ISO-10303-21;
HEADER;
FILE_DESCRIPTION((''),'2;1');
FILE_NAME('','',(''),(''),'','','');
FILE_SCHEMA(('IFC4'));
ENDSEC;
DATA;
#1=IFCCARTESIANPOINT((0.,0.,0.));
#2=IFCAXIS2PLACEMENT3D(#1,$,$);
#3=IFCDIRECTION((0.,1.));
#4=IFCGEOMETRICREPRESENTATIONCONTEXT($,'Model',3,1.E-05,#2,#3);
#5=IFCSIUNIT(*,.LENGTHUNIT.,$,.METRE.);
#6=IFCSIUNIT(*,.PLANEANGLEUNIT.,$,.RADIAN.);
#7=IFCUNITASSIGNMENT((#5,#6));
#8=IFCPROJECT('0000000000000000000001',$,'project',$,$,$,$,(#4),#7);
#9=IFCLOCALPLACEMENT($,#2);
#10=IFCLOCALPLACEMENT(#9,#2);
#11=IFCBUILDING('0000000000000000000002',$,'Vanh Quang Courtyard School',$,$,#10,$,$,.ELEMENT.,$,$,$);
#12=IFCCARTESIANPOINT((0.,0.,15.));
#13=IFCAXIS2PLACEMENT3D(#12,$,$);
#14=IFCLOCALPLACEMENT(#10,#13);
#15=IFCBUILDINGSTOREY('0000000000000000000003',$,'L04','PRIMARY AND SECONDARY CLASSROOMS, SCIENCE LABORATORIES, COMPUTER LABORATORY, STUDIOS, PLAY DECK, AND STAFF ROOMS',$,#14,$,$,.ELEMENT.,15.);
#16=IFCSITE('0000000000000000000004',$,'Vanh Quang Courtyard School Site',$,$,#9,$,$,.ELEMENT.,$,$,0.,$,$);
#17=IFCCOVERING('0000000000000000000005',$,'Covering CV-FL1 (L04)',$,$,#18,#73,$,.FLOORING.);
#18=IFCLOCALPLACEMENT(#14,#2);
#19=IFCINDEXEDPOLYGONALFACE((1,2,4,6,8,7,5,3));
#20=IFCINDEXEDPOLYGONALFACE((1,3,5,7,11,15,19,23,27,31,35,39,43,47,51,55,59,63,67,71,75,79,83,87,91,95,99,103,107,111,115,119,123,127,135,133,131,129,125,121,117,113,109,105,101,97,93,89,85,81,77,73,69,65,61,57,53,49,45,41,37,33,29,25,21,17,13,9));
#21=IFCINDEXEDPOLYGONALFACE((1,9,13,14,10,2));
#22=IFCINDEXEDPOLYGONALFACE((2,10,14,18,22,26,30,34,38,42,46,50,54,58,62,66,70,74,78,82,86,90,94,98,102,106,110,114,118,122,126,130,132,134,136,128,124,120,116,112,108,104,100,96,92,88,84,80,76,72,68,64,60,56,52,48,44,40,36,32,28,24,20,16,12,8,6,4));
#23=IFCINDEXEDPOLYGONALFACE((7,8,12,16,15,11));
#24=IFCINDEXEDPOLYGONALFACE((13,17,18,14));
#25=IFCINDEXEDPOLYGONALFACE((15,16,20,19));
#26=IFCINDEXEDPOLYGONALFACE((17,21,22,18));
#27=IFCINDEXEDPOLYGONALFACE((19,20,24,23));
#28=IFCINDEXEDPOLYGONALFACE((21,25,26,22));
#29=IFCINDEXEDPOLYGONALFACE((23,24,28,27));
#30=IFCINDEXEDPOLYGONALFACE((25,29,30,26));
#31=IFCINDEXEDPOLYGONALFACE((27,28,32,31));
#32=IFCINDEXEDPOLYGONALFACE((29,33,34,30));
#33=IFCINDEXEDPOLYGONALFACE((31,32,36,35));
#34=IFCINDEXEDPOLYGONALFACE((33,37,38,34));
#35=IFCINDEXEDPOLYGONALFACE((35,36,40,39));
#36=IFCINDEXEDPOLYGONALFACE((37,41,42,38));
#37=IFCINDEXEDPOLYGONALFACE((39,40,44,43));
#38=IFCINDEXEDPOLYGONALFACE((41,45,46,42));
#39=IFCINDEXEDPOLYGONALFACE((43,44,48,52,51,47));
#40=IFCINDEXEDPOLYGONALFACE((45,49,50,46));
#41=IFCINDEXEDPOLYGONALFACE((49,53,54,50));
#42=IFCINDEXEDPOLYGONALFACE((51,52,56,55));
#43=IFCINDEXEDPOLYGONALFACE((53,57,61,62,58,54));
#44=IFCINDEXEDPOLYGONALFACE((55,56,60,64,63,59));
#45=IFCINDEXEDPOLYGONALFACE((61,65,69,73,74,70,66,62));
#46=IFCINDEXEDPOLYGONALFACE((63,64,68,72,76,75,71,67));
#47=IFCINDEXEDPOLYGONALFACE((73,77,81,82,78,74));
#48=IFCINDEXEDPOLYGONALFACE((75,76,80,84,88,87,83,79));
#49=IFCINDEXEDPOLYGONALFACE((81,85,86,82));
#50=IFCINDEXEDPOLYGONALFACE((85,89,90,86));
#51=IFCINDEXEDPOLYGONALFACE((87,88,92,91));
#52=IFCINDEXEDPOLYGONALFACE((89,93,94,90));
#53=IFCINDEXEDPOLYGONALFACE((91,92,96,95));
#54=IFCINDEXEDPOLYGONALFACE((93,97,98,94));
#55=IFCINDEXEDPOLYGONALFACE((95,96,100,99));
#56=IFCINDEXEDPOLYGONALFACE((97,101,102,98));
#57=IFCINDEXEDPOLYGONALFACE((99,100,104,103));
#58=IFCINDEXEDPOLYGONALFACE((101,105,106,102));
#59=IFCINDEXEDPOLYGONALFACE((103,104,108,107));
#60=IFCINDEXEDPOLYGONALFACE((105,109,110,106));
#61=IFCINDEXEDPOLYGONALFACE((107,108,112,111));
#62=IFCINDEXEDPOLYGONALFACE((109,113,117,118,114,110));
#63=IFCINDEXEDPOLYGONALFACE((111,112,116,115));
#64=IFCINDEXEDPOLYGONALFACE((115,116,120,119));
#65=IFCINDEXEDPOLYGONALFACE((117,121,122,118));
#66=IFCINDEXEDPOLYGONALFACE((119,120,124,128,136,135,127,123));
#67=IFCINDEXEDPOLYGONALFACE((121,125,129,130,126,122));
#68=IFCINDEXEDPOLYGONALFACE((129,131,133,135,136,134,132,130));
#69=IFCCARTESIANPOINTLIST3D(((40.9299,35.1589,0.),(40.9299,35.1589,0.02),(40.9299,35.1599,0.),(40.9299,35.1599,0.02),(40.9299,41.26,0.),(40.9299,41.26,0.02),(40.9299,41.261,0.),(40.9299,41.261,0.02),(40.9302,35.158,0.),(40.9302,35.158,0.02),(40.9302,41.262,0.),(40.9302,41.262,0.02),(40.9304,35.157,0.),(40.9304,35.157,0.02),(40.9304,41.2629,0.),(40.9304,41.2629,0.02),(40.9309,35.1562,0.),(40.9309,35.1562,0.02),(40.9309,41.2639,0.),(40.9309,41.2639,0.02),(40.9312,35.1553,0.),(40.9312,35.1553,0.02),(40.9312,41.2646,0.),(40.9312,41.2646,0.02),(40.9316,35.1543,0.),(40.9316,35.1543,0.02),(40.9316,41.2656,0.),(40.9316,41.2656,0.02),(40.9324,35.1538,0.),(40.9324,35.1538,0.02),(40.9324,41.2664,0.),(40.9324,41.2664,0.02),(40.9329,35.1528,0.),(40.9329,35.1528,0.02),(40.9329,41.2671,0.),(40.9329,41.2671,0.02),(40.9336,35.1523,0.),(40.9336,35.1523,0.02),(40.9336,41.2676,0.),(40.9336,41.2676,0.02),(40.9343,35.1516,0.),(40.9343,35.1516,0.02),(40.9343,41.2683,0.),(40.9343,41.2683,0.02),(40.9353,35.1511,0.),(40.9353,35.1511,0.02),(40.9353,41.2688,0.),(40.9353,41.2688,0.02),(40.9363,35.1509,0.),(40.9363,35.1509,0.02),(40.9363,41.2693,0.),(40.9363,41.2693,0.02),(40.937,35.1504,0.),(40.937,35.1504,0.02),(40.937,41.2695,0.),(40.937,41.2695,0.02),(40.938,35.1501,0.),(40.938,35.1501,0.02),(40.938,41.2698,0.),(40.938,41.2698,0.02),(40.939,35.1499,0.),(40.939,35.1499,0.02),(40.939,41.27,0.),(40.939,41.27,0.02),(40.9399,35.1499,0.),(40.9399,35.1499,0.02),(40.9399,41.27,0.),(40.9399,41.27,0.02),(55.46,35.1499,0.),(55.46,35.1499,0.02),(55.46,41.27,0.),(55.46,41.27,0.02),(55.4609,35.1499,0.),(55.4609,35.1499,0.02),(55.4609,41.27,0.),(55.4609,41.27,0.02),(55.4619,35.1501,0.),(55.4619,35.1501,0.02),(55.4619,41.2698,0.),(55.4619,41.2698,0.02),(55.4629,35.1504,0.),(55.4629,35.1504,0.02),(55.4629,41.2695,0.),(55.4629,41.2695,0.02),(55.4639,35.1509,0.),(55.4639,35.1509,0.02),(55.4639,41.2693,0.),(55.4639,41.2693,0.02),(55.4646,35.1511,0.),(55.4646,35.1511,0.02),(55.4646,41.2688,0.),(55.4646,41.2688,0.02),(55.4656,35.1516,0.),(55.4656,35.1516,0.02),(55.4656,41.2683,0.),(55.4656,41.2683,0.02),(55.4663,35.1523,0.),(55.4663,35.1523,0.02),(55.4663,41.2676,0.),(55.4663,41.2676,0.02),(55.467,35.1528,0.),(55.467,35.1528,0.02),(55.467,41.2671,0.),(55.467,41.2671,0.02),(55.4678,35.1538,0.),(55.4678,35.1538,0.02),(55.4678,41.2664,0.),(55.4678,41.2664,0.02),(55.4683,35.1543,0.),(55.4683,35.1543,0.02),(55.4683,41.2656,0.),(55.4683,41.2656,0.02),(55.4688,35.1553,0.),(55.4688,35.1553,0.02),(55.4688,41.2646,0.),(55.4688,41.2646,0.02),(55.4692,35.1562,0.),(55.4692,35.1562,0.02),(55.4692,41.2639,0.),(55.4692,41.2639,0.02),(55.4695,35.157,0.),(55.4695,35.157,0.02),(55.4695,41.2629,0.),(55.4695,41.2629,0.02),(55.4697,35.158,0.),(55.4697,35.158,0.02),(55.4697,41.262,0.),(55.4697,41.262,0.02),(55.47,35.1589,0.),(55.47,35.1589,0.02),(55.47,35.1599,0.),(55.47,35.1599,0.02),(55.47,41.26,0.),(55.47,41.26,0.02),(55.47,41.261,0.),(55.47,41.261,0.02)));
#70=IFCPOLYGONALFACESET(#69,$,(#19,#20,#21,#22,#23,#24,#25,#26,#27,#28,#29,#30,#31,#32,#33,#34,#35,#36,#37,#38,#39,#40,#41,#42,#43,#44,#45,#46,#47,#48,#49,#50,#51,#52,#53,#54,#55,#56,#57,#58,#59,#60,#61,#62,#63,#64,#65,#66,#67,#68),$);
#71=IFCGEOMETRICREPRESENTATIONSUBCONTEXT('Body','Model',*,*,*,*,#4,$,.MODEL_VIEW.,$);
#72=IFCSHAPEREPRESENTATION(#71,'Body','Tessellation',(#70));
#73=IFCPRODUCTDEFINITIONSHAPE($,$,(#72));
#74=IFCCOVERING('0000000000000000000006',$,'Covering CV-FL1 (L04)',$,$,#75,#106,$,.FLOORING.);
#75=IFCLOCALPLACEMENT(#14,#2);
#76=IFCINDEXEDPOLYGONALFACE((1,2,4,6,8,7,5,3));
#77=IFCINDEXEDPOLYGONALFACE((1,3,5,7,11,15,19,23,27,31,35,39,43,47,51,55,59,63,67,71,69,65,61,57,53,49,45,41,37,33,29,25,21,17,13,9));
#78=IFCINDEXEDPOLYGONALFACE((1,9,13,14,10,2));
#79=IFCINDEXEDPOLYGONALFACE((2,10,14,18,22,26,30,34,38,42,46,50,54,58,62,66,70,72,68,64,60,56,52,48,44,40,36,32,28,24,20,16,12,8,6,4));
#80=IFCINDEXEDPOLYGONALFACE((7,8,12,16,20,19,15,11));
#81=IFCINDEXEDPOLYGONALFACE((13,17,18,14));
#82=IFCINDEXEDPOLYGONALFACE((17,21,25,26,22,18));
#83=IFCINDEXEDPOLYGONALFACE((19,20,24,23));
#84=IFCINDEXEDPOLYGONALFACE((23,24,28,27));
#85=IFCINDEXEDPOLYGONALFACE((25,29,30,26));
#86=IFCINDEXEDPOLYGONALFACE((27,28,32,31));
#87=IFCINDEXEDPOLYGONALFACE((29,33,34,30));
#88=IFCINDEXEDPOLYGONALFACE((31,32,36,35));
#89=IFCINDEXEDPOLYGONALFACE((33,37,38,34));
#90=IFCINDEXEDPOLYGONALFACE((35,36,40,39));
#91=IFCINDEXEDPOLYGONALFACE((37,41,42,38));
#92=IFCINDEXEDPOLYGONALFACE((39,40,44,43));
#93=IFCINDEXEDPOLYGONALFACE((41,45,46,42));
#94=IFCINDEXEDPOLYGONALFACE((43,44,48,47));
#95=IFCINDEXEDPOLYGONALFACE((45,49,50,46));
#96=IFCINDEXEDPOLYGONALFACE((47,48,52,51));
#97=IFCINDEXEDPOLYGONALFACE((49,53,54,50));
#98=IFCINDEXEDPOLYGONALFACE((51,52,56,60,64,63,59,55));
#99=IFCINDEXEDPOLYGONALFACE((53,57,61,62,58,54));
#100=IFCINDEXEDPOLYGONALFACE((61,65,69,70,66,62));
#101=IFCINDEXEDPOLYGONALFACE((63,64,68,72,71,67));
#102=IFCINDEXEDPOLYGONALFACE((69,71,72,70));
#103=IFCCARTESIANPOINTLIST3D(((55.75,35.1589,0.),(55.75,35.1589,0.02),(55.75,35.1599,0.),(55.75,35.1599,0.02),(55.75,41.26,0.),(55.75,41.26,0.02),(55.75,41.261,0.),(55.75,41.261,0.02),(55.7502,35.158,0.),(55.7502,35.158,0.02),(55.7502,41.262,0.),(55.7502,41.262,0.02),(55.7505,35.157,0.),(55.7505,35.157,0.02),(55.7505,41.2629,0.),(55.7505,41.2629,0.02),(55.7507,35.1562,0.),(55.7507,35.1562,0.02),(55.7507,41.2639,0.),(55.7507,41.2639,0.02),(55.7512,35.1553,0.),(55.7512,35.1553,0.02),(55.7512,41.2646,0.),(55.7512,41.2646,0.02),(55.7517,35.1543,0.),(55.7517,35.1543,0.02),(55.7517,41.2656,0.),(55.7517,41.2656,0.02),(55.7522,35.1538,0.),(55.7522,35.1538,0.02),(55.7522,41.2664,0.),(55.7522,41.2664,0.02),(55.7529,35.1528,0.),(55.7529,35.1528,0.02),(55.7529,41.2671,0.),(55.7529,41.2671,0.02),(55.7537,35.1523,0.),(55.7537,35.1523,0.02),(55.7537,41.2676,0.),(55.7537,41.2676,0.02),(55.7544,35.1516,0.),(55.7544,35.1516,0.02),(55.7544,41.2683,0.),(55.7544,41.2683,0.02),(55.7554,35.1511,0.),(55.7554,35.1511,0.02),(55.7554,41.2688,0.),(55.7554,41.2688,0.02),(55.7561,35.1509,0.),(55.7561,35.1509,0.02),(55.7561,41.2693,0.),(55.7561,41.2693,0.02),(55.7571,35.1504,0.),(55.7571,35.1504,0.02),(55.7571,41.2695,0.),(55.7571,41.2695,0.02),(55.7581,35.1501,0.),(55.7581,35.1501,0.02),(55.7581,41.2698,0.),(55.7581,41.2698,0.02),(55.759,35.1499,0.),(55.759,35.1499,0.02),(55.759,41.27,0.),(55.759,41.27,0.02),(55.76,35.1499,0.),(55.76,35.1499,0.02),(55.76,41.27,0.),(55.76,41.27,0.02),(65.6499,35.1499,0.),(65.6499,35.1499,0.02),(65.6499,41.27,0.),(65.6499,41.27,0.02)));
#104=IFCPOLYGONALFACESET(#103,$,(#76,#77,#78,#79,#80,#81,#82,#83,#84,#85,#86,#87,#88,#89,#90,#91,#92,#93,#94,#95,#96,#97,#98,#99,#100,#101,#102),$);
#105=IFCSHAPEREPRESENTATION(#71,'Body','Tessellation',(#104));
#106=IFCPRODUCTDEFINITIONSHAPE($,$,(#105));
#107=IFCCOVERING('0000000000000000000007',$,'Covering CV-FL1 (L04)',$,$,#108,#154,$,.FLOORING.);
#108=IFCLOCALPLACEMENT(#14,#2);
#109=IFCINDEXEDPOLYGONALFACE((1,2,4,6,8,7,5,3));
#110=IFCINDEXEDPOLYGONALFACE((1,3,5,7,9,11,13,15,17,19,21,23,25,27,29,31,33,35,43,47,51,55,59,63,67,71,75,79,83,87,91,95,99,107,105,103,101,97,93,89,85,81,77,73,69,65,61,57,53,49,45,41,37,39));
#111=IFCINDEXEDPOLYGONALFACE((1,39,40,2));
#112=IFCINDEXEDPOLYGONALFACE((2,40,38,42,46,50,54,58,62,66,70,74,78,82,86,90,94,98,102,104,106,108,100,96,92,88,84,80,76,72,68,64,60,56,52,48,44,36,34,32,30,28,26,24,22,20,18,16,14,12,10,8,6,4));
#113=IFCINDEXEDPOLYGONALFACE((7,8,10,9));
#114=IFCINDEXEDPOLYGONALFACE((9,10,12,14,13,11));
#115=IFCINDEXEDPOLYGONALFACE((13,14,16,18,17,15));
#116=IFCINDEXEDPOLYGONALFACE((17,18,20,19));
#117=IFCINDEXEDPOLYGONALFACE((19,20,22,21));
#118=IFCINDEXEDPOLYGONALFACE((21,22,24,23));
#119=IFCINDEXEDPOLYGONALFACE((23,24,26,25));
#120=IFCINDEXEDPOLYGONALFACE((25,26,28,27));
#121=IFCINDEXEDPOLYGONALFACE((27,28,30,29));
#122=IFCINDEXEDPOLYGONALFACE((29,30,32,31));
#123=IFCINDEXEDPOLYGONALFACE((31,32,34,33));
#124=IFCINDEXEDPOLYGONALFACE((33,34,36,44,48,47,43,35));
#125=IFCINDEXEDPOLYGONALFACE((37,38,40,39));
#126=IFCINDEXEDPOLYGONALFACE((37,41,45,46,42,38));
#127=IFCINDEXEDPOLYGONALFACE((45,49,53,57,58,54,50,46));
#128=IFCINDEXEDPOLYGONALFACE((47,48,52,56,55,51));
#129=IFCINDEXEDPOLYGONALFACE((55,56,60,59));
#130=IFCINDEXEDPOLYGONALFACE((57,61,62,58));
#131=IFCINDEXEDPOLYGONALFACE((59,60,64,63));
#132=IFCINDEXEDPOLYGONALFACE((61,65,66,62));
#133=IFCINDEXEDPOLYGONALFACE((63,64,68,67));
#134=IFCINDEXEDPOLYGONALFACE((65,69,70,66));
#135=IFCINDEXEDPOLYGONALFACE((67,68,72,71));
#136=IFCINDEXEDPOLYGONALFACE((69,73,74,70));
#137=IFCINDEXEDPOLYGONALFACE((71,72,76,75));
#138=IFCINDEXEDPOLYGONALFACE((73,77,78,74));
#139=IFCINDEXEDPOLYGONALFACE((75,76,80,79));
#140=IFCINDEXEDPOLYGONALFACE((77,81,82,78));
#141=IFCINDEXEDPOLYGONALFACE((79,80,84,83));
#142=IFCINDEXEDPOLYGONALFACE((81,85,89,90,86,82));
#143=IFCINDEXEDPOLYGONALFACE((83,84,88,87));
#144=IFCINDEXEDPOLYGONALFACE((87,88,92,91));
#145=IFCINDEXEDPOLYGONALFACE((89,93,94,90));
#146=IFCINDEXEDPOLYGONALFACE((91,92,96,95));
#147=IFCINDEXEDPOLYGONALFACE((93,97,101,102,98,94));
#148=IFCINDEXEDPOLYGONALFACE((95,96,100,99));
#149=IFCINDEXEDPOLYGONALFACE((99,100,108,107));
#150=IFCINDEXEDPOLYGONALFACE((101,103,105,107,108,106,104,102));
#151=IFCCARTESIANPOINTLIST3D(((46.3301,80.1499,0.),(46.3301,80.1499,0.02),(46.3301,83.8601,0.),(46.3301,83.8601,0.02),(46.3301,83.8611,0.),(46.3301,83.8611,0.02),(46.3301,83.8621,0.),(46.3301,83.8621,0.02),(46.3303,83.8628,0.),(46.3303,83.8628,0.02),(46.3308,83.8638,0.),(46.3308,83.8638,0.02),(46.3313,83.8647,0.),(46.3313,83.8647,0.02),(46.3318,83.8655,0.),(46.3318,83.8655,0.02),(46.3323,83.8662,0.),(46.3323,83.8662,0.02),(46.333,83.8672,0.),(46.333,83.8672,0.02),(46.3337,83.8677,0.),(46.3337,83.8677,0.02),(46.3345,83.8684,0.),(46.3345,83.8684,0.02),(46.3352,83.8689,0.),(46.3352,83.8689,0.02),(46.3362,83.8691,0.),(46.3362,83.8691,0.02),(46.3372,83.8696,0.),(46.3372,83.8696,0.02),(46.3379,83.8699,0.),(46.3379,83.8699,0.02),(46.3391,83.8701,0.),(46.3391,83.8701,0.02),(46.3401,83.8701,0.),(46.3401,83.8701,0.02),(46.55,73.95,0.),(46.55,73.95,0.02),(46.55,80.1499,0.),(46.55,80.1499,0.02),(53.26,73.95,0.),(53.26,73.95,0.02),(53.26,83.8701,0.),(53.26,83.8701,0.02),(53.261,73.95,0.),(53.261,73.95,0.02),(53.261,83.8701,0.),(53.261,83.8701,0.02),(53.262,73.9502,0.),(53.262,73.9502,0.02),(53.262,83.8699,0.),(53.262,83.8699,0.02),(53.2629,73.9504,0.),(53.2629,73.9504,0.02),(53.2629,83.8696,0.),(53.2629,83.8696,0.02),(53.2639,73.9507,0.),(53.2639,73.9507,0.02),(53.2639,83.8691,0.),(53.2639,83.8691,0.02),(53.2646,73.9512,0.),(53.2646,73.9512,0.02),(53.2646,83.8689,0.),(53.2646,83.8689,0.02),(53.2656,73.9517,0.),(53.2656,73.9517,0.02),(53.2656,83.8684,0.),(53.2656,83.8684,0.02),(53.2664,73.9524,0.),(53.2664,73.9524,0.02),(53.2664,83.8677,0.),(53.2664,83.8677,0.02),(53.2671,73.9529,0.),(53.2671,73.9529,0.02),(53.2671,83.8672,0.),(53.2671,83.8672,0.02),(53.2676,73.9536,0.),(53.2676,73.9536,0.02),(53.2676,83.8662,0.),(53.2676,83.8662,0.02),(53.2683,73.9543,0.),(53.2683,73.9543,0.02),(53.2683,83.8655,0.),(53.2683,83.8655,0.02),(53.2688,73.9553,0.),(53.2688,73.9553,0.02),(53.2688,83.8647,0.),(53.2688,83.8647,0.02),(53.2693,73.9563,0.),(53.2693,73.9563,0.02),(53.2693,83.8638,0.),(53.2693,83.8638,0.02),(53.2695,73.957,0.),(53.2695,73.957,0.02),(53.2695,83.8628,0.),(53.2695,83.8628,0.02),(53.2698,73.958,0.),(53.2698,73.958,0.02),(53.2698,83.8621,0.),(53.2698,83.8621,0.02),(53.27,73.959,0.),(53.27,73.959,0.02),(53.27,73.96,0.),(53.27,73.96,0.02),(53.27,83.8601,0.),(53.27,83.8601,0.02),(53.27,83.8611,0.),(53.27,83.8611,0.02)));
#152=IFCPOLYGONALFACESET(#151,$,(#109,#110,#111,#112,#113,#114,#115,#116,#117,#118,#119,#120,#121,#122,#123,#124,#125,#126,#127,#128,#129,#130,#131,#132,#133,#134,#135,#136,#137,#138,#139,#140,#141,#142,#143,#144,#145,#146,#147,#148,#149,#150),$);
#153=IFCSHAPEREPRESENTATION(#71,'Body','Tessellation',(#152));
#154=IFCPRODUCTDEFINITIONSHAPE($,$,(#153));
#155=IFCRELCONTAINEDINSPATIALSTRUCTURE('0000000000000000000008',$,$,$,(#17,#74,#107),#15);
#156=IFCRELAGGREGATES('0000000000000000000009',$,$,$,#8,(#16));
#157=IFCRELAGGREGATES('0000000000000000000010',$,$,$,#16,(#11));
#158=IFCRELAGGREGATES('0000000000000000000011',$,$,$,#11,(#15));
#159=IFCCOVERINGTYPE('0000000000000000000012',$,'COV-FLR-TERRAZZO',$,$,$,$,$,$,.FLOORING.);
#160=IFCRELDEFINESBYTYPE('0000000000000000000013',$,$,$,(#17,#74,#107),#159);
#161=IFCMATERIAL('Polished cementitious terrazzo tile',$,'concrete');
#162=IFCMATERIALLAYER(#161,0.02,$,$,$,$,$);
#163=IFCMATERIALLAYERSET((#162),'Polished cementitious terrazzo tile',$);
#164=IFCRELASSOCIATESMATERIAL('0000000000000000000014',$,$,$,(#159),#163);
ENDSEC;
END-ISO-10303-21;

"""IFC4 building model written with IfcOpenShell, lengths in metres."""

from ifc_helpers import new_model, si_unit, direction, frame, origin, place, context, subcontext, project, spatial, polyline, outline, extrude, material, layer, layer_set, type_object, element, save


model = new_model("IFC4")

# Units and contexts
model_context = context("Model", 3, precision=1e-05, world=origin(), true_north=direction((0.0, 1.0)))
body_context = subcontext(model_context, "Body", "Model", "MODEL_VIEW")
ifc_project = project(units=[si_unit("LENGTHUNIT", "METRE"), si_unit("PLANEANGLEUNIT", "RADIAN")], contexts=[model_context])

# Site, building, storey
site_placement = place(None, origin())
site = spatial("IfcSite", under=ifc_project, at=site_placement, Name="Vanh Quang Courtyard School Site", CompositionType="ELEMENT", RefElevation=0.0)
building_placement = place(site_placement, origin())
building = spatial("IfcBuilding", under=site, at=building_placement, Name="Vanh Quang Courtyard School", CompositionType="ELEMENT")
storey_placement = place(building_placement, frame((0.0, 0.0, 15.0)))
storey = spatial("IfcBuildingStorey", under=building, at=storey_placement, Name="L04", Description="PRIMARY AND SECONDARY CLASSROOMS, SCIENCE LABORATORIES, COMPUTER LABORATORY, STUDIOS, PLAY DECK, AND STAFF ROOMS", CompositionType="ELEMENT", Elevation=15.0)

# Coverings
ifc_material_1 = material(Name="Polished cementitious terrazzo tile", Category="concrete")
ifc_layer_1 = layer(ifc_material_1, 0.02)
ifc_layer_set_1 = layer_set([ifc_layer_1], Name="Polished cementitious terrazzo tile")
covering_type_1 = type_object("IfcCoveringType", Name="COV-FLR-TERRAZZO", PredefinedType="FLOORING", material=ifc_layer_set_1)
covering_1_placement = place(storey_placement, origin())
element("IfcCovering", 1, at=covering_1_placement, inside=storey, type_object=covering_type_1, Name="Covering CV-FL1 (L04)", PredefinedType="FLOORING", context=body_context, shape_type="SweptSolid", body=[
    extrude(outline(polyline([(55.47, 35.1599), (55.47, 35.1589), (55.4697, 35.158), (55.4695, 35.157), (55.4692, 35.1562), (55.4688, 35.1553), (55.4683, 35.1543), (55.4678, 35.1538), (55.467, 35.1528), (55.4663, 35.1523), (55.4656, 35.1516), (55.4646, 35.1511), (55.4639, 35.1509), (55.4629, 35.1504), (55.4619, 35.1501), (55.4609, 35.1499), (55.46, 35.1499), (40.9399, 35.1499), (40.939, 35.1499), (40.938, 35.1501), (40.937, 35.1504), (40.9363, 35.1509), (40.9353, 35.1511), (40.9343, 35.1516), (40.9336, 35.1523), (40.9329, 35.1528), (40.9324, 35.1538), (40.9316, 35.1543), (40.9312, 35.1553), (40.9309, 35.1562), (40.9304, 35.157), (40.9302, 35.158), (40.9299, 35.1589), (40.9299, 35.1599), (40.9299, 41.26), (40.9299, 41.261), (40.9302, 41.262), (40.9304, 41.2629), (40.9309, 41.2639), (40.9312, 41.2646), (40.9316, 41.2656), (40.9324, 41.2664), (40.9329, 41.2671), (40.9336, 41.2676), (40.9343, 41.2683), (40.9353, 41.2688), (40.9363, 41.2693), (40.937, 41.2695), (40.938, 41.2698), (40.939, 41.27), (40.9399, 41.27), (55.46, 41.27), (55.4609, 41.27), (55.4619, 41.2698), (55.4629, 41.2695), (55.4639, 41.2693), (55.4646, 41.2688), (55.4656, 41.2683), (55.4663, 41.2676), (55.467, 41.2671), (55.4678, 41.2664), (55.4683, 41.2656), (55.4688, 41.2646), (55.4692, 41.2639), (55.4695, 41.2629), (55.4697, 41.262), (55.47, 41.261), (55.47, 41.26), (55.47, 35.1599)])), origin(), (0.0, 0.0, 1.0), 0.02),
])
covering_2_placement = place(storey_placement, origin())
element("IfcCovering", 2, at=covering_2_placement, inside=storey, type_object=covering_type_1, Name="Covering CV-FL1 (L04)", PredefinedType="FLOORING", context=body_context, shape_type="SweptSolid", body=[
    extrude(outline(polyline([(55.76, 35.1499), (55.759, 35.1499), (55.7581, 35.1501), (55.7571, 35.1504), (55.7561, 35.1509), (55.7554, 35.1511), (55.7544, 35.1516), (55.7537, 35.1523), (55.7529, 35.1528), (55.7522, 35.1538), (55.7517, 35.1543), (55.7512, 35.1553), (55.7507, 35.1562), (55.7505, 35.157), (55.7502, 35.158), (55.75, 35.1589), (55.75, 35.1599), (55.75, 41.26), (55.75, 41.261), (55.7502, 41.262), (55.7505, 41.2629), (55.7507, 41.2639), (55.7512, 41.2646), (55.7517, 41.2656), (55.7522, 41.2664), (55.7529, 41.2671), (55.7537, 41.2676), (55.7544, 41.2683), (55.7554, 41.2688), (55.7561, 41.2693), (55.7571, 41.2695), (55.7581, 41.2698), (55.759, 41.27), (55.76, 41.27), (65.6499, 41.27), (65.6499, 35.1499), (55.76, 35.1499)])), origin(), (0.0, 0.0, 1.0), 0.02),
])
covering_3_placement = place(storey_placement, origin())
element("IfcCovering", 3, at=covering_3_placement, inside=storey, type_object=covering_type_1, Name="Covering CV-FL1 (L04)", PredefinedType="FLOORING", context=body_context, shape_type="SweptSolid", body=[
    extrude(outline(polyline([(53.27, 73.96), (53.27, 73.959), (53.2698, 73.958), (53.2695, 73.957), (53.2693, 73.9563), (53.2688, 73.9553), (53.2683, 73.9543), (53.2676, 73.9536), (53.2671, 73.9529), (53.2664, 73.9524), (53.2656, 73.9517), (53.2646, 73.9512), (53.2639, 73.9507), (53.2629, 73.9504), (53.262, 73.9502), (53.261, 73.95), (53.26, 73.95), (46.55, 73.95), (46.55, 80.1499), (46.3301, 80.1499), (46.3301, 83.8601), (46.3301, 83.8611), (46.3301, 83.8621), (46.3303, 83.8628), (46.3308, 83.8638), (46.3313, 83.8647), (46.3318, 83.8655), (46.3323, 83.8662), (46.333, 83.8672), (46.3337, 83.8677), (46.3345, 83.8684), (46.3352, 83.8689), (46.3362, 83.8691), (46.3372, 83.8696), (46.3379, 83.8699), (46.3391, 83.8701), (46.3401, 83.8701), (53.26, 83.8701), (53.261, 83.8701), (53.262, 83.8699), (53.2629, 83.8696), (53.2639, 83.8691), (53.2646, 83.8689), (53.2656, 83.8684), (53.2664, 83.8677), (53.2671, 83.8672), (53.2676, 83.8662), (53.2683, 83.8655), (53.2688, 83.8647), (53.2693, 83.8638), (53.2695, 83.8628), (53.2698, 83.8621), (53.27, 83.8611), (53.27, 83.8601), (53.27, 73.96)])), origin(), (0.0, 0.0, 1.0), 0.02),
])

save(model, "model.ifc")
